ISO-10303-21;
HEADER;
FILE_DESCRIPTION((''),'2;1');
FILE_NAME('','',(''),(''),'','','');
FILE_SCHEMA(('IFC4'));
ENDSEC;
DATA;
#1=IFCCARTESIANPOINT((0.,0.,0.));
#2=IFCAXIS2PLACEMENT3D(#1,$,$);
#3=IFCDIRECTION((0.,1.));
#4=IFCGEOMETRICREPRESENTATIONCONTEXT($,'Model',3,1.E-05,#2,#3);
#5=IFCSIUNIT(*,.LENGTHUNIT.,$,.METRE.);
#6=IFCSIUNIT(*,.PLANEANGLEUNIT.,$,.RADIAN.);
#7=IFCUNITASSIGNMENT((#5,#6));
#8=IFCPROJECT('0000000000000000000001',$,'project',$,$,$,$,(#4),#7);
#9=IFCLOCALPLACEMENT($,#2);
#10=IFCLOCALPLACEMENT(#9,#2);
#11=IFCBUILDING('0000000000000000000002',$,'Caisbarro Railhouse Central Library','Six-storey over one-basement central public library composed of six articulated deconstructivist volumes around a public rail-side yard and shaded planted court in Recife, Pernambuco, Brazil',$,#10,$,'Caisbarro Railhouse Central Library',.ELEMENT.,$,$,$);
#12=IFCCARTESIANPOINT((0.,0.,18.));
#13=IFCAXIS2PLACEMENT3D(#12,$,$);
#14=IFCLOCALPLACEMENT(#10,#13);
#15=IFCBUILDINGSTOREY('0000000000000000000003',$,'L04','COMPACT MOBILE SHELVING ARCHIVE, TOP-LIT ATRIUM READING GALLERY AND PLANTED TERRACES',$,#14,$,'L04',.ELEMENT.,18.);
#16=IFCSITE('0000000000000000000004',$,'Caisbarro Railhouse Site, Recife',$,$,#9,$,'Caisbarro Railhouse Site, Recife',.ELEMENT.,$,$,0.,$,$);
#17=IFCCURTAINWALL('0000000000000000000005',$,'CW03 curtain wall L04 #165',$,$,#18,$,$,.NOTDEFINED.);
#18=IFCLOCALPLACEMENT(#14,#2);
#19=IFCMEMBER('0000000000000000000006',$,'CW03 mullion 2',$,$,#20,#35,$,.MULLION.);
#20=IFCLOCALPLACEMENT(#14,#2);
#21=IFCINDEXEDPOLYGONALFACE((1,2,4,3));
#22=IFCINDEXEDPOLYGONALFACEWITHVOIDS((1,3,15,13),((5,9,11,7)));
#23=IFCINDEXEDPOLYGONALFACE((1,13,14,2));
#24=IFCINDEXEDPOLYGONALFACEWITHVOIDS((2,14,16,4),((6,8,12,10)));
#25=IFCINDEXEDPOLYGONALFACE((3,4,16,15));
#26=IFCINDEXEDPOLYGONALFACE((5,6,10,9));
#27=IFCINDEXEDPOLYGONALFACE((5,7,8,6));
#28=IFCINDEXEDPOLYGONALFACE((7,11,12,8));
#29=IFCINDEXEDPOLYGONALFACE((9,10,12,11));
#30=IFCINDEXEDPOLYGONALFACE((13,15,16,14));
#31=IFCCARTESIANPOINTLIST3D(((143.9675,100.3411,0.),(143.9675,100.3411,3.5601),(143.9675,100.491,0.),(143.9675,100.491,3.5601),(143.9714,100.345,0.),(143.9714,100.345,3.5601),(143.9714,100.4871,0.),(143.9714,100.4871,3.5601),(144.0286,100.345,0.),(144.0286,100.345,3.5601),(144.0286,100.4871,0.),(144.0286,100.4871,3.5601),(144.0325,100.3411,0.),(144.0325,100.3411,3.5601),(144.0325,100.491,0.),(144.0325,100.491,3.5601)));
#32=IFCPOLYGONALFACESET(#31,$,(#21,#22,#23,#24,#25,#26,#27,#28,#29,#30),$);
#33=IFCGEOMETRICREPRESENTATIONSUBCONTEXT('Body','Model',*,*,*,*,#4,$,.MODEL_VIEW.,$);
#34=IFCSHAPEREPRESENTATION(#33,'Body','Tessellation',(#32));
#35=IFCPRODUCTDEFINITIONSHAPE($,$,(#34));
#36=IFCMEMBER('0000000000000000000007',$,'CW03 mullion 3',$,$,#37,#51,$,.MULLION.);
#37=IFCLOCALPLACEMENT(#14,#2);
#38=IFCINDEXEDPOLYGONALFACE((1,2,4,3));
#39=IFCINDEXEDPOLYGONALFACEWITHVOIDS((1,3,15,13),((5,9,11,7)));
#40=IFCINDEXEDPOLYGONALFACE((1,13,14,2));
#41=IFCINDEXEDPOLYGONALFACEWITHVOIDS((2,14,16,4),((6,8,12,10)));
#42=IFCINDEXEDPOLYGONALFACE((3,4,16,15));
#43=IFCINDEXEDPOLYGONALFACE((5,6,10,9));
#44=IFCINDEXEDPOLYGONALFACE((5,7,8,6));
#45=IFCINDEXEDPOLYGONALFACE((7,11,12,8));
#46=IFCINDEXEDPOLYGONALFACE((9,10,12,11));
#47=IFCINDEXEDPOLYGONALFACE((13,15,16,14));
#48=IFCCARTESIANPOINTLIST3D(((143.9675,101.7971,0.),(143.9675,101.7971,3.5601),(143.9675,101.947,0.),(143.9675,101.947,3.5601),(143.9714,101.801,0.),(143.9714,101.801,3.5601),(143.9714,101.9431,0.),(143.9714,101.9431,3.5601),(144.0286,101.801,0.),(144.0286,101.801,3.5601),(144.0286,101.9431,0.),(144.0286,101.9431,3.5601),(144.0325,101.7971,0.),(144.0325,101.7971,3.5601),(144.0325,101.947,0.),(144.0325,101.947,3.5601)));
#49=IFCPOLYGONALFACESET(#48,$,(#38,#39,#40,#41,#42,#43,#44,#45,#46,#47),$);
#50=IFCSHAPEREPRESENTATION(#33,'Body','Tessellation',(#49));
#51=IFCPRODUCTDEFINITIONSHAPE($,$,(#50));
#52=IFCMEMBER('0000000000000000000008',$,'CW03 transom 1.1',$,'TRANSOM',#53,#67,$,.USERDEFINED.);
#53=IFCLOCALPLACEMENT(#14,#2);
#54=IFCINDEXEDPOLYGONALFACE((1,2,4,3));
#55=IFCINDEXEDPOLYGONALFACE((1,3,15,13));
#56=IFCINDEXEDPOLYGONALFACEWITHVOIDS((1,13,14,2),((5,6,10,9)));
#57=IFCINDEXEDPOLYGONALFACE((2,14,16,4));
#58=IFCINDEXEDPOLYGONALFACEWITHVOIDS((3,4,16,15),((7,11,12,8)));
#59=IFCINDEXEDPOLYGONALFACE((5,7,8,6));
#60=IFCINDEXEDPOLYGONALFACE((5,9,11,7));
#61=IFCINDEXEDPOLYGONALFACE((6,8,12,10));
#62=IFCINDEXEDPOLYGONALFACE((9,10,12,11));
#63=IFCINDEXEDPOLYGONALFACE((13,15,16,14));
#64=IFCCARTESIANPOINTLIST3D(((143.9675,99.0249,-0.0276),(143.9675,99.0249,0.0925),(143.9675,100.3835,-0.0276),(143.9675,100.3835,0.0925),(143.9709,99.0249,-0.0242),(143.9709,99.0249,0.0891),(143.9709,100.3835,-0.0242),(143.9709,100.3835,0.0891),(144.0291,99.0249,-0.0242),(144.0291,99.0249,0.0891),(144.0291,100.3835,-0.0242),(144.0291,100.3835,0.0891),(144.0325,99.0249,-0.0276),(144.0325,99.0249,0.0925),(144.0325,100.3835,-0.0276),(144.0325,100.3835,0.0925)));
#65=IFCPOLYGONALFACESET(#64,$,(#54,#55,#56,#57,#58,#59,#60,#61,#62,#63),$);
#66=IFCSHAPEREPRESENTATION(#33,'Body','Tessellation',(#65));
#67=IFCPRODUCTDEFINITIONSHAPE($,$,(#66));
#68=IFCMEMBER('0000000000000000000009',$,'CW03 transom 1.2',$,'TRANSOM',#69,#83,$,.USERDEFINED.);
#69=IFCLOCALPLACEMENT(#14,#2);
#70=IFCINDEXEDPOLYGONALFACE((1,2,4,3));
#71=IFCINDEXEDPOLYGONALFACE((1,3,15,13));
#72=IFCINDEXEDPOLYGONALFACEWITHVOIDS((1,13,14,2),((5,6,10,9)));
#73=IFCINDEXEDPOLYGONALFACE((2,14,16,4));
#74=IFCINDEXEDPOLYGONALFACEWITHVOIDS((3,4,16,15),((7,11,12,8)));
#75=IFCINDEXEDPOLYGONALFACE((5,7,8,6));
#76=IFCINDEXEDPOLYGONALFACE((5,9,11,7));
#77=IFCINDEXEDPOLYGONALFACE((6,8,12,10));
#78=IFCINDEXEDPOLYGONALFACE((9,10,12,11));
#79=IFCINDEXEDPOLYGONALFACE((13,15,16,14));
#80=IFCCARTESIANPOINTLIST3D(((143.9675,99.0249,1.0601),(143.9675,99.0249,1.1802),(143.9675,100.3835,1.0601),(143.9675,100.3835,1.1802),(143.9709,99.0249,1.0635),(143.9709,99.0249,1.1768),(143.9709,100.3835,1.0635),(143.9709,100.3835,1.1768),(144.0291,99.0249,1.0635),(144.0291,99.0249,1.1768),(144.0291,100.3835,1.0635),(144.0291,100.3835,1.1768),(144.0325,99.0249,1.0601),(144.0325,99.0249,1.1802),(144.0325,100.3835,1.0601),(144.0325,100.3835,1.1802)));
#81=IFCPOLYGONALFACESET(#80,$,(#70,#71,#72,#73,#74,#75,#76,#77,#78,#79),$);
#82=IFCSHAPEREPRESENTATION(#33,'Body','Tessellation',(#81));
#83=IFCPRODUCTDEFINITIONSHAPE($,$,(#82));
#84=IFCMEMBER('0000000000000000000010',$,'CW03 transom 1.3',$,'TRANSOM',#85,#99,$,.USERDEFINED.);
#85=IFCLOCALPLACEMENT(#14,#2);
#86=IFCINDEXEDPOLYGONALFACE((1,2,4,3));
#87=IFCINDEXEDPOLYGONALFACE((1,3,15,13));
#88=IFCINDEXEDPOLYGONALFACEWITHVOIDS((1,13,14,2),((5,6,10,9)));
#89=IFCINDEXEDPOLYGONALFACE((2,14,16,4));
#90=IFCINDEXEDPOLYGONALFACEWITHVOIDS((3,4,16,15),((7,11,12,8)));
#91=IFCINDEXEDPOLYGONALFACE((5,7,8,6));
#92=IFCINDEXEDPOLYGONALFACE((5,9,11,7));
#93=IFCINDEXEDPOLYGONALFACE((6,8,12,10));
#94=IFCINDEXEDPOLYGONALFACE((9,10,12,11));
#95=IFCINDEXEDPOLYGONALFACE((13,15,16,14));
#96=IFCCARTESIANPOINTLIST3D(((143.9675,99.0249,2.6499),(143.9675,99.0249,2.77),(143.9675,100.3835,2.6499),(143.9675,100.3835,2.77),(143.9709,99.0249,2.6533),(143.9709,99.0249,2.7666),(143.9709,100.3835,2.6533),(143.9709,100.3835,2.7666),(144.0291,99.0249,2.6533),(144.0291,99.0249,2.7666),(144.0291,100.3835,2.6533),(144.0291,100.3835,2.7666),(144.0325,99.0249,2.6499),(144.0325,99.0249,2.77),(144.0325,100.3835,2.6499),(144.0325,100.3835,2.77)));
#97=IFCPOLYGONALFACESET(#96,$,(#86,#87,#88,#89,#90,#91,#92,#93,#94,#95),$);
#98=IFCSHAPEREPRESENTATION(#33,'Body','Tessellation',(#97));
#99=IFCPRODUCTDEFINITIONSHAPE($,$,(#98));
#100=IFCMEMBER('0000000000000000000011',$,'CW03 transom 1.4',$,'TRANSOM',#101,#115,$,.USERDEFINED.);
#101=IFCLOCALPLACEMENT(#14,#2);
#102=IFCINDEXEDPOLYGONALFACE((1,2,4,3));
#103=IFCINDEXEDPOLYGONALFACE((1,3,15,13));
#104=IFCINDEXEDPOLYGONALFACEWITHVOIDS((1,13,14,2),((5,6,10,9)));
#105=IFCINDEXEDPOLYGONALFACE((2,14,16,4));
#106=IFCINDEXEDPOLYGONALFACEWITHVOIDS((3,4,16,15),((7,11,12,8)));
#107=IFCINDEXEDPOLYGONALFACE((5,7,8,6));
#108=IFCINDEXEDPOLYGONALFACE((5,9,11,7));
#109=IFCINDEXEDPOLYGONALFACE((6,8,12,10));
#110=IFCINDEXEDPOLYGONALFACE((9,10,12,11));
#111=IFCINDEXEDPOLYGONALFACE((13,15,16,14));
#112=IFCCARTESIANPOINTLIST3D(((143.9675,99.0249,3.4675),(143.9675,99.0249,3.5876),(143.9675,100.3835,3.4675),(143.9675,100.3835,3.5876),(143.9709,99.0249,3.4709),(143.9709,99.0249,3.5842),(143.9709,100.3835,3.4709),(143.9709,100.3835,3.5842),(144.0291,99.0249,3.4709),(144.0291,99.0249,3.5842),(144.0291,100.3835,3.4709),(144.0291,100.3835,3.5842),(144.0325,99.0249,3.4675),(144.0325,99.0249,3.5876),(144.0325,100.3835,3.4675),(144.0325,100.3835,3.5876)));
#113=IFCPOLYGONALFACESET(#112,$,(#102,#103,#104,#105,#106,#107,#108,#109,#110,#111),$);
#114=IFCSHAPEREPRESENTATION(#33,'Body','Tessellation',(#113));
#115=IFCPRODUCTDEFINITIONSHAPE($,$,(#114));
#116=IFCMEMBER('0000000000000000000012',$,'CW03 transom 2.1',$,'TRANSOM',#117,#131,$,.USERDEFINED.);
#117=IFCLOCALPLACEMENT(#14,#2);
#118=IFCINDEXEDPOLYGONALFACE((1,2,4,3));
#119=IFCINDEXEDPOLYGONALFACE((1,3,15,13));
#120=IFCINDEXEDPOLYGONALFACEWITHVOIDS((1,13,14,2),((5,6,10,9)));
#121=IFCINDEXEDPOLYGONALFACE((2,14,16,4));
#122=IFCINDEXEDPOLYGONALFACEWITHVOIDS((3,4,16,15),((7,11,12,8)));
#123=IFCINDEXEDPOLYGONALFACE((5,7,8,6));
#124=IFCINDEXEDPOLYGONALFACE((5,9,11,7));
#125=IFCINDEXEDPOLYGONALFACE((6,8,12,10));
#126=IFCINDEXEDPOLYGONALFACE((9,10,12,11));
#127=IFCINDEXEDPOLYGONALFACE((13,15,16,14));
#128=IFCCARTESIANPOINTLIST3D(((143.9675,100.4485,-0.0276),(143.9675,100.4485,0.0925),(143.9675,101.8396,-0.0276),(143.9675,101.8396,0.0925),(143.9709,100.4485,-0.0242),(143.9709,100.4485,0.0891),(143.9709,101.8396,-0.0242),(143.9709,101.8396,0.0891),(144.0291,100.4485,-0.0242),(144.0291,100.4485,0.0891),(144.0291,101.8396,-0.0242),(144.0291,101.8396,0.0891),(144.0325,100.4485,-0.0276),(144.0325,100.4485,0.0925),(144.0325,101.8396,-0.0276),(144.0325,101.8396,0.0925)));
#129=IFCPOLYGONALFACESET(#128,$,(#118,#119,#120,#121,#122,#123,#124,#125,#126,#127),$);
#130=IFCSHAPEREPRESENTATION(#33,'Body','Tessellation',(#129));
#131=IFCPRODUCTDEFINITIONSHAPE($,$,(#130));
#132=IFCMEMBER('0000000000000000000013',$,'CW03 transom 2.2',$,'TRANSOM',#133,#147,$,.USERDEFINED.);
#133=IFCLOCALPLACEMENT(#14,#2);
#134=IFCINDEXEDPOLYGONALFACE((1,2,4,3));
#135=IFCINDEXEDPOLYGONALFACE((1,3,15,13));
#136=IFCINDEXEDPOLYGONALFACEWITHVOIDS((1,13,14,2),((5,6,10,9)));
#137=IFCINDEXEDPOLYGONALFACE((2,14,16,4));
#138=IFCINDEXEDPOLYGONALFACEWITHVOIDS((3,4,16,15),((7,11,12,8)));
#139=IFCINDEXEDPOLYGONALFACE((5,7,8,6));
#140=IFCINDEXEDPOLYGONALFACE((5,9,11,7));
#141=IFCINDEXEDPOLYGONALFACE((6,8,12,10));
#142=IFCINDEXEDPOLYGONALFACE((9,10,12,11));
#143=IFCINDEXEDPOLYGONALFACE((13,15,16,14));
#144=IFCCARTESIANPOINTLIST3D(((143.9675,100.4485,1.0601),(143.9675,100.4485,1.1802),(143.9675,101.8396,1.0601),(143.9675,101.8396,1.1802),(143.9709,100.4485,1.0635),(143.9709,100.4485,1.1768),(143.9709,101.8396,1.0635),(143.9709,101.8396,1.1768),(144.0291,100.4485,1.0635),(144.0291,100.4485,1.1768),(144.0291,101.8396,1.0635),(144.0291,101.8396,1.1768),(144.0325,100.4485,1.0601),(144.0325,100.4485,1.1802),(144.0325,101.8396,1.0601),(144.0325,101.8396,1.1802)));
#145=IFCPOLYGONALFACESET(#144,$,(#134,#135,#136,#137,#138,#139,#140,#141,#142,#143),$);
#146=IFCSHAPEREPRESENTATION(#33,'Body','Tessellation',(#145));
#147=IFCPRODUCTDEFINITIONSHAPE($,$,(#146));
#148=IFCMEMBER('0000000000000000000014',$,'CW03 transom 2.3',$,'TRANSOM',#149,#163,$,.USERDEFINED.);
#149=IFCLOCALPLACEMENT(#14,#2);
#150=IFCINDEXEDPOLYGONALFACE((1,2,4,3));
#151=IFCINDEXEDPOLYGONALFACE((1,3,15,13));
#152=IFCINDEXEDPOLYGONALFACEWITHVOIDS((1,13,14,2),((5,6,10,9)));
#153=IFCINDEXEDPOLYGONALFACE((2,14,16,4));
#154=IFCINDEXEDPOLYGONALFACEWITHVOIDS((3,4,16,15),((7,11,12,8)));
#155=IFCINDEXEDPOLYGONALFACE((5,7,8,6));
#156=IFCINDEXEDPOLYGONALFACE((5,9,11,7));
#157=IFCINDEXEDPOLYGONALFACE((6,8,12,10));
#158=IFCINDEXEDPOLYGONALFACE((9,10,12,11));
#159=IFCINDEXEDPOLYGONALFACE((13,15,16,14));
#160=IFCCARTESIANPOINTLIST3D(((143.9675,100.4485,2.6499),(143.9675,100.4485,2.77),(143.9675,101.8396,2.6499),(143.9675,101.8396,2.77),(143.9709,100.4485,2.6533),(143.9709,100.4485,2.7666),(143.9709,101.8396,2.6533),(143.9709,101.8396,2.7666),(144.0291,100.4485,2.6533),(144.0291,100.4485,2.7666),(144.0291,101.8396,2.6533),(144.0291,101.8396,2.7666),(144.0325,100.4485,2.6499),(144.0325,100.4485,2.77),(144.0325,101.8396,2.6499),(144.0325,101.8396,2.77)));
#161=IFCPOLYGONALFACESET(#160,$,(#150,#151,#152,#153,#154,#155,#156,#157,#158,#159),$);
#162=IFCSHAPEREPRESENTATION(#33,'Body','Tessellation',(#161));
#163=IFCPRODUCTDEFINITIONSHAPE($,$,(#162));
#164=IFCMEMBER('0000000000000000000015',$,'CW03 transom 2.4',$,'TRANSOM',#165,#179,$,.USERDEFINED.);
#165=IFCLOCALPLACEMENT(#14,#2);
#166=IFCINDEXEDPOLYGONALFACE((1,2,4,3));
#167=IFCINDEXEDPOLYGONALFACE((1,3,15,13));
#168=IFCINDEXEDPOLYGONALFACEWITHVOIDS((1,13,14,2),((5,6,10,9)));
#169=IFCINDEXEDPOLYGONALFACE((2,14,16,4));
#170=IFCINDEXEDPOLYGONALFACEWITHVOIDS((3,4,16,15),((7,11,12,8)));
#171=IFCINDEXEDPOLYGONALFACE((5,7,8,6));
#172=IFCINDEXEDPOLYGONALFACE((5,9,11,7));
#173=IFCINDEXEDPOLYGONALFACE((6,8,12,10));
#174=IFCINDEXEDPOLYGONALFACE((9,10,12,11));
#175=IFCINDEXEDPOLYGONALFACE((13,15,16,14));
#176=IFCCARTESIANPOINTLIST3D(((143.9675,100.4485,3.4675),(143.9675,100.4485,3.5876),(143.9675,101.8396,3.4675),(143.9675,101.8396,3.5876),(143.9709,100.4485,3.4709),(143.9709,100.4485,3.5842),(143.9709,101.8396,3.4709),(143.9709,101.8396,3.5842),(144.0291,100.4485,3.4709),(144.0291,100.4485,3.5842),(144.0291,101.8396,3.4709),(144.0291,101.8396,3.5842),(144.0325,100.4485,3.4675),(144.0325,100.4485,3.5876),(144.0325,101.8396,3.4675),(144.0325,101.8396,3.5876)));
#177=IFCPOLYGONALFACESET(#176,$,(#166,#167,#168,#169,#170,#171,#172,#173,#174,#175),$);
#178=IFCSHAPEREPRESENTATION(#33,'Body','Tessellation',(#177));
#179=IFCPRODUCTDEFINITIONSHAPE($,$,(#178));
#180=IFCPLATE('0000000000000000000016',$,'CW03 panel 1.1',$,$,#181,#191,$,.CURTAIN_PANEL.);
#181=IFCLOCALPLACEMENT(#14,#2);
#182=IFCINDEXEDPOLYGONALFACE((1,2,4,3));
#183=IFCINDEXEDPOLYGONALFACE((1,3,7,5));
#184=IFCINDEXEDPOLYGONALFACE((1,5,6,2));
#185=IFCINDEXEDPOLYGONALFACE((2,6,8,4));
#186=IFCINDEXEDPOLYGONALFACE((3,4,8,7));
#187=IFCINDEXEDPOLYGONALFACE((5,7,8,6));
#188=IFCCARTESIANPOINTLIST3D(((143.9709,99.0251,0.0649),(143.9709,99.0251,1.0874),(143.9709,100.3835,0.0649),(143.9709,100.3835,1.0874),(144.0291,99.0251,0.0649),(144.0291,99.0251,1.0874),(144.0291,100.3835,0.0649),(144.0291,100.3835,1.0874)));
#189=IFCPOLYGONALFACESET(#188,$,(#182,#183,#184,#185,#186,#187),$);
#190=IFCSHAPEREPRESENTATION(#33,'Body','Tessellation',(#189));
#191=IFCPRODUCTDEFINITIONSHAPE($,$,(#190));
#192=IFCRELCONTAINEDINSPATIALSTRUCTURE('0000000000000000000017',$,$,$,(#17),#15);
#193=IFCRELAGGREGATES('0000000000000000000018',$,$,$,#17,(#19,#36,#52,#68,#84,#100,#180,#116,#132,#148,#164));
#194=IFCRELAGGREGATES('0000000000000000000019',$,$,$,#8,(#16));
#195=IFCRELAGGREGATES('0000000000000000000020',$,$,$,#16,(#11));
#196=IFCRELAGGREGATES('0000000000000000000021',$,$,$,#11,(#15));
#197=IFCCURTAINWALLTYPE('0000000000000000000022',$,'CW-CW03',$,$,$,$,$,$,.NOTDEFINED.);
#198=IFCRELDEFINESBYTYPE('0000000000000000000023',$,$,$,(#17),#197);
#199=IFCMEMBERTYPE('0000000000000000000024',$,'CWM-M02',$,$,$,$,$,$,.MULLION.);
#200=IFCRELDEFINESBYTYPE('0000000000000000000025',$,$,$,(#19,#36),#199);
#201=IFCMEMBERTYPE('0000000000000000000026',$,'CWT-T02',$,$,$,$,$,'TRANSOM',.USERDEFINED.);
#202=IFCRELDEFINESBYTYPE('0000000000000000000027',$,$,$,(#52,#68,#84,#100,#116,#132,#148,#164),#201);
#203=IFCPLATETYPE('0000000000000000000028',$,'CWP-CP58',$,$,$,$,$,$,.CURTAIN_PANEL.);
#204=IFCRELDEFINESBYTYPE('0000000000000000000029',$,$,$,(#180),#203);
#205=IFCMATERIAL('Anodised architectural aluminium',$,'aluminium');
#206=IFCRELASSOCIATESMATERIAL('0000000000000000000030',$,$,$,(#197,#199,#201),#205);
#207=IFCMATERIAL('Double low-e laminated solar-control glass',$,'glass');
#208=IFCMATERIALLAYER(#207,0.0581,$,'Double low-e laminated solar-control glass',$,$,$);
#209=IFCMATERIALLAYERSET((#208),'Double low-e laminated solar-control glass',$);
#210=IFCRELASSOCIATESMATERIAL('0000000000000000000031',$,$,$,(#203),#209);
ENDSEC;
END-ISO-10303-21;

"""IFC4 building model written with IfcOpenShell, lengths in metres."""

from ifc_helpers import new_model, si_unit, direction, frame, origin, origin_2d, place, context, subcontext, project, spatial, rectangle, hollow_rectangle, extrude, material, layer, layer_set, material_profile, profile_set, type_object, element, aggregate, save


model = new_model("IFC4")

# Units and contexts
model_context = context("Model", 3, precision=1e-05, world=origin(), true_north=direction((0.0, 1.0)))
body_context = subcontext(model_context, "Body", "Model", "MODEL_VIEW")
ifc_project = project(units=[si_unit("LENGTHUNIT", "METRE"), si_unit("PLANEANGLEUNIT", "RADIAN")], contexts=[model_context])

# Site, building, storey
site_placement = place(None, origin())
site = spatial("IfcSite", under=ifc_project, at=site_placement, Name="Caisbarro Railhouse Site, Recife", LongName="Caisbarro Railhouse Site, Recife", CompositionType="ELEMENT", RefElevation=0.0)
building_placement = place(site_placement, origin())
building = spatial("IfcBuilding", under=site, at=building_placement, Name="Caisbarro Railhouse Central Library", Description="Six-storey over one-basement central public library composed of six articulated deconstructivist volumes around a public rail-side yard and shaded planted court in Recife, Pernambuco, Brazil", LongName="Caisbarro Railhouse Central Library", CompositionType="ELEMENT")
storey_placement = place(building_placement, frame((0.0, 0.0, 18.0)))
storey = spatial("IfcBuildingStorey", under=building, at=storey_placement, Name="L04", Description="COMPACT MOBILE SHELVING ARCHIVE, TOP-LIT ATRIUM READING GALLERY AND PLANTED TERRACES", LongName="L04", CompositionType="ELEMENT", Elevation=18.0)

# Curtain wall, members, plate
ifc_material_1 = material(Name="Anodised architectural aluminium", Category="aluminium")
curtain_wall_type = type_object("IfcCurtainWallType", Name="CW-CW03", PredefinedType="NOTDEFINED", material=ifc_material_1)
curtain_wall_placement = place(storey_placement, origin())
curtain_wall = element("IfcCurtainWall", 1, at=curtain_wall_placement, inside=storey, type_object=curtain_wall_type, Name="CW03 curtain wall L04 #165", PredefinedType="NOTDEFINED")
ifc_material_profile_1 = material_profile(ifc_material_1, hollow_rectangle(XDim=0.0649, YDim=0.1499, WallThickness=0.0039, at=origin_2d()), Name="ALU-MUL-65X150")
ifc_profile_set_1 = profile_set([ifc_material_profile_1], Name="Anodised architectural aluminium")
member_type_1 = type_object("IfcMemberType", Name="CWM-M02", PredefinedType="MULLION", material=ifc_profile_set_1)
member_1_placement = place(storey_placement, frame((144.0, 100.416, 0.0), z_axis=(0.0, 0.0, 1.0), x_axis=(-1.0, 0.0, 0.0)))
member_1 = element("IfcMember", 2, at=member_1_placement, type_object=member_type_1, Name="CW03 mullion 2", PredefinedType="MULLION", context=body_context, shape_type="SweptSolid", body=[
    extrude(hollow_rectangle(XDim=0.0649, YDim=0.1499, WallThickness=0.0039, at=origin_2d()), origin(), (0.0, 0.0, 1.0), 3.5601),
])
member_2_placement = place(storey_placement, frame((144.0, 101.8721, 0.0), z_axis=(0.0, 0.0, 1.0), x_axis=(-1.0, 0.0, 0.0)))
member_2 = element("IfcMember", 3, at=member_2_placement, type_object=member_type_1, Name="CW03 mullion 3", PredefinedType="MULLION", context=body_context, shape_type="SweptSolid", body=[
    extrude(hollow_rectangle(XDim=0.0649, YDim=0.1499, WallThickness=0.0039, at=origin_2d()), origin(), (0.0, 0.0, 1.0), 3.5601),
])
ifc_material_profile_2 = material_profile(ifc_material_1, hollow_rectangle(XDim=0.0649, YDim=0.1201, WallThickness=0.0034, at=origin_2d()), Name="ALU-TRN-65X120")
ifc_profile_set_2 = profile_set([ifc_material_profile_2], Name="Anodised architectural aluminium")
member_type_2 = type_object("IfcMemberType", Name="CWT-T02", ElementType="TRANSOM", PredefinedType="USERDEFINED", material=ifc_profile_set_2)
member_3_placement = place(storey_placement, frame((144.0, 99.0249, 0.0325), z_axis=(0.0, 1.0, 0.0), x_axis=(-1.0, 0.0, 0.0)))
member_3 = element("IfcMember", 4, at=member_3_placement, type_object=member_type_2, Name="CW03 transom 1.1", ObjectType="TRANSOM", PredefinedType="USERDEFINED", context=body_context, shape_type="SweptSolid", body=[
    extrude(hollow_rectangle(XDim=0.0649, YDim=0.1201, WallThickness=0.0034, at=origin_2d()), origin(), (0.0, 0.0, 1.0), 1.3586),
])
member_4_placement = place(storey_placement, frame((144.0, 99.0249, 1.1201), z_axis=(0.0, 1.0, 0.0), x_axis=(-1.0, 0.0, 0.0)))
member_4 = element("IfcMember", 5, at=member_4_placement, type_object=member_type_2, Name="CW03 transom 1.2", ObjectType="TRANSOM", PredefinedType="USERDEFINED", context=body_context, shape_type="SweptSolid", body=[
    extrude(hollow_rectangle(XDim=0.0649, YDim=0.1201, WallThickness=0.0034, at=origin_2d()), origin(), (0.0, 0.0, 1.0), 1.3586),
])
member_5_placement = place(storey_placement, frame((144.0, 99.0249, 2.71), z_axis=(0.0, 1.0, 0.0), x_axis=(-1.0, 0.0, 0.0)))
member_5 = element("IfcMember", 6, at=member_5_placement, type_object=member_type_2, Name="CW03 transom 1.3", ObjectType="TRANSOM", PredefinedType="USERDEFINED", context=body_context, shape_type="SweptSolid", body=[
    extrude(hollow_rectangle(XDim=0.0649, YDim=0.1201, WallThickness=0.0034, at=origin_2d()), origin(), (0.0, 0.0, 1.0), 1.3586),
])
member_6_placement = place(storey_placement, frame((144.0, 99.0249, 3.5276), z_axis=(0.0, 1.0, 0.0), x_axis=(-1.0, 0.0, 0.0)))
member_6 = element("IfcMember", 7, at=member_6_placement, type_object=member_type_2, Name="CW03 transom 1.4", ObjectType="TRANSOM", PredefinedType="USERDEFINED", context=body_context, shape_type="SweptSolid", body=[
    extrude(hollow_rectangle(XDim=0.0649, YDim=0.1201, WallThickness=0.0034, at=origin_2d()), origin(), (0.0, 0.0, 1.0), 1.3586),
])
member_7_placement = place(storey_placement, frame((144.0, 100.4485, 0.0325), z_axis=(0.0, 1.0, 0.0), x_axis=(-1.0, 0.0, 0.0)))
member_7 = element("IfcMember", 8, at=member_7_placement, type_object=member_type_2, Name="CW03 transom 2.1", ObjectType="TRANSOM", PredefinedType="USERDEFINED", context=body_context, shape_type="SweptSolid", body=[
    extrude(hollow_rectangle(XDim=0.0649, YDim=0.1201, WallThickness=0.0034, at=origin_2d()), origin(), (0.0, 0.0, 1.0), 1.3911),
])
member_8_placement = place(storey_placement, frame((144.0, 100.4485, 1.1201), z_axis=(0.0, 1.0, 0.0), x_axis=(-1.0, 0.0, 0.0)))
member_8 = element("IfcMember", 9, at=member_8_placement, type_object=member_type_2, Name="CW03 transom 2.2", ObjectType="TRANSOM", PredefinedType="USERDEFINED", context=body_context, shape_type="SweptSolid", body=[
    extrude(hollow_rectangle(XDim=0.0649, YDim=0.1201, WallThickness=0.0034, at=origin_2d()), origin(), (0.0, 0.0, 1.0), 1.3911),
])
member_9_placement = place(storey_placement, frame((144.0, 100.4485, 2.71), z_axis=(0.0, 1.0, 0.0), x_axis=(-1.0, 0.0, 0.0)))
member_9 = element("IfcMember", 10, at=member_9_placement, type_object=member_type_2, Name="CW03 transom 2.3", ObjectType="TRANSOM", PredefinedType="USERDEFINED", context=body_context, shape_type="SweptSolid", body=[
    extrude(hollow_rectangle(XDim=0.0649, YDim=0.1201, WallThickness=0.0034, at=origin_2d()), origin(), (0.0, 0.0, 1.0), 1.3911),
])
member_10_placement = place(storey_placement, frame((144.0, 100.4485, 3.5276), z_axis=(0.0, 1.0, 0.0), x_axis=(-1.0, 0.0, 0.0)))
member_10 = element("IfcMember", 11, at=member_10_placement, type_object=member_type_2, Name="CW03 transom 2.4", ObjectType="TRANSOM", PredefinedType="USERDEFINED", context=body_context, shape_type="SweptSolid", body=[
    extrude(hollow_rectangle(XDim=0.0649, YDim=0.1201, WallThickness=0.0034, at=origin_2d()), origin(), (0.0, 0.0, 1.0), 1.3911),
])
ifc_material_2 = material(Name="Double low-e laminated solar-control glass", Category="glass")
ifc_layer_1 = layer(ifc_material_2, 0.0581, Name="Double low-e laminated solar-control glass")
ifc_layer_set_1 = layer_set([ifc_layer_1], Name="Double low-e laminated solar-control glass")
plate_type_1 = type_object("IfcPlateType", Name="CWP-CP58", PredefinedType="CURTAIN_PANEL", material=ifc_layer_set_1)
plate_1_placement = place(storey_placement, frame((144.0, 99.7043, 0.0649), z_axis=(0.0, 0.0, 1.0), x_axis=(0.0, 1.0, 0.0)))
plate_1 = element("IfcPlate", 12, at=plate_1_placement, type_object=plate_type_1, Name="CW03 panel 1.1", PredefinedType="CURTAIN_PANEL", context=body_context, shape_type="SweptSolid", body=[
    extrude(rectangle(XDim=1.3584, YDim=0.0581, at=origin_2d()), origin(), (0.0, 0.0, 1.0), 1.0225),
])
aggregate(curtain_wall, [member_1, member_2, member_3, member_4, member_5, member_6, plate_1, member_7, member_8, member_9, member_10])

save(model, "model.ifc")
